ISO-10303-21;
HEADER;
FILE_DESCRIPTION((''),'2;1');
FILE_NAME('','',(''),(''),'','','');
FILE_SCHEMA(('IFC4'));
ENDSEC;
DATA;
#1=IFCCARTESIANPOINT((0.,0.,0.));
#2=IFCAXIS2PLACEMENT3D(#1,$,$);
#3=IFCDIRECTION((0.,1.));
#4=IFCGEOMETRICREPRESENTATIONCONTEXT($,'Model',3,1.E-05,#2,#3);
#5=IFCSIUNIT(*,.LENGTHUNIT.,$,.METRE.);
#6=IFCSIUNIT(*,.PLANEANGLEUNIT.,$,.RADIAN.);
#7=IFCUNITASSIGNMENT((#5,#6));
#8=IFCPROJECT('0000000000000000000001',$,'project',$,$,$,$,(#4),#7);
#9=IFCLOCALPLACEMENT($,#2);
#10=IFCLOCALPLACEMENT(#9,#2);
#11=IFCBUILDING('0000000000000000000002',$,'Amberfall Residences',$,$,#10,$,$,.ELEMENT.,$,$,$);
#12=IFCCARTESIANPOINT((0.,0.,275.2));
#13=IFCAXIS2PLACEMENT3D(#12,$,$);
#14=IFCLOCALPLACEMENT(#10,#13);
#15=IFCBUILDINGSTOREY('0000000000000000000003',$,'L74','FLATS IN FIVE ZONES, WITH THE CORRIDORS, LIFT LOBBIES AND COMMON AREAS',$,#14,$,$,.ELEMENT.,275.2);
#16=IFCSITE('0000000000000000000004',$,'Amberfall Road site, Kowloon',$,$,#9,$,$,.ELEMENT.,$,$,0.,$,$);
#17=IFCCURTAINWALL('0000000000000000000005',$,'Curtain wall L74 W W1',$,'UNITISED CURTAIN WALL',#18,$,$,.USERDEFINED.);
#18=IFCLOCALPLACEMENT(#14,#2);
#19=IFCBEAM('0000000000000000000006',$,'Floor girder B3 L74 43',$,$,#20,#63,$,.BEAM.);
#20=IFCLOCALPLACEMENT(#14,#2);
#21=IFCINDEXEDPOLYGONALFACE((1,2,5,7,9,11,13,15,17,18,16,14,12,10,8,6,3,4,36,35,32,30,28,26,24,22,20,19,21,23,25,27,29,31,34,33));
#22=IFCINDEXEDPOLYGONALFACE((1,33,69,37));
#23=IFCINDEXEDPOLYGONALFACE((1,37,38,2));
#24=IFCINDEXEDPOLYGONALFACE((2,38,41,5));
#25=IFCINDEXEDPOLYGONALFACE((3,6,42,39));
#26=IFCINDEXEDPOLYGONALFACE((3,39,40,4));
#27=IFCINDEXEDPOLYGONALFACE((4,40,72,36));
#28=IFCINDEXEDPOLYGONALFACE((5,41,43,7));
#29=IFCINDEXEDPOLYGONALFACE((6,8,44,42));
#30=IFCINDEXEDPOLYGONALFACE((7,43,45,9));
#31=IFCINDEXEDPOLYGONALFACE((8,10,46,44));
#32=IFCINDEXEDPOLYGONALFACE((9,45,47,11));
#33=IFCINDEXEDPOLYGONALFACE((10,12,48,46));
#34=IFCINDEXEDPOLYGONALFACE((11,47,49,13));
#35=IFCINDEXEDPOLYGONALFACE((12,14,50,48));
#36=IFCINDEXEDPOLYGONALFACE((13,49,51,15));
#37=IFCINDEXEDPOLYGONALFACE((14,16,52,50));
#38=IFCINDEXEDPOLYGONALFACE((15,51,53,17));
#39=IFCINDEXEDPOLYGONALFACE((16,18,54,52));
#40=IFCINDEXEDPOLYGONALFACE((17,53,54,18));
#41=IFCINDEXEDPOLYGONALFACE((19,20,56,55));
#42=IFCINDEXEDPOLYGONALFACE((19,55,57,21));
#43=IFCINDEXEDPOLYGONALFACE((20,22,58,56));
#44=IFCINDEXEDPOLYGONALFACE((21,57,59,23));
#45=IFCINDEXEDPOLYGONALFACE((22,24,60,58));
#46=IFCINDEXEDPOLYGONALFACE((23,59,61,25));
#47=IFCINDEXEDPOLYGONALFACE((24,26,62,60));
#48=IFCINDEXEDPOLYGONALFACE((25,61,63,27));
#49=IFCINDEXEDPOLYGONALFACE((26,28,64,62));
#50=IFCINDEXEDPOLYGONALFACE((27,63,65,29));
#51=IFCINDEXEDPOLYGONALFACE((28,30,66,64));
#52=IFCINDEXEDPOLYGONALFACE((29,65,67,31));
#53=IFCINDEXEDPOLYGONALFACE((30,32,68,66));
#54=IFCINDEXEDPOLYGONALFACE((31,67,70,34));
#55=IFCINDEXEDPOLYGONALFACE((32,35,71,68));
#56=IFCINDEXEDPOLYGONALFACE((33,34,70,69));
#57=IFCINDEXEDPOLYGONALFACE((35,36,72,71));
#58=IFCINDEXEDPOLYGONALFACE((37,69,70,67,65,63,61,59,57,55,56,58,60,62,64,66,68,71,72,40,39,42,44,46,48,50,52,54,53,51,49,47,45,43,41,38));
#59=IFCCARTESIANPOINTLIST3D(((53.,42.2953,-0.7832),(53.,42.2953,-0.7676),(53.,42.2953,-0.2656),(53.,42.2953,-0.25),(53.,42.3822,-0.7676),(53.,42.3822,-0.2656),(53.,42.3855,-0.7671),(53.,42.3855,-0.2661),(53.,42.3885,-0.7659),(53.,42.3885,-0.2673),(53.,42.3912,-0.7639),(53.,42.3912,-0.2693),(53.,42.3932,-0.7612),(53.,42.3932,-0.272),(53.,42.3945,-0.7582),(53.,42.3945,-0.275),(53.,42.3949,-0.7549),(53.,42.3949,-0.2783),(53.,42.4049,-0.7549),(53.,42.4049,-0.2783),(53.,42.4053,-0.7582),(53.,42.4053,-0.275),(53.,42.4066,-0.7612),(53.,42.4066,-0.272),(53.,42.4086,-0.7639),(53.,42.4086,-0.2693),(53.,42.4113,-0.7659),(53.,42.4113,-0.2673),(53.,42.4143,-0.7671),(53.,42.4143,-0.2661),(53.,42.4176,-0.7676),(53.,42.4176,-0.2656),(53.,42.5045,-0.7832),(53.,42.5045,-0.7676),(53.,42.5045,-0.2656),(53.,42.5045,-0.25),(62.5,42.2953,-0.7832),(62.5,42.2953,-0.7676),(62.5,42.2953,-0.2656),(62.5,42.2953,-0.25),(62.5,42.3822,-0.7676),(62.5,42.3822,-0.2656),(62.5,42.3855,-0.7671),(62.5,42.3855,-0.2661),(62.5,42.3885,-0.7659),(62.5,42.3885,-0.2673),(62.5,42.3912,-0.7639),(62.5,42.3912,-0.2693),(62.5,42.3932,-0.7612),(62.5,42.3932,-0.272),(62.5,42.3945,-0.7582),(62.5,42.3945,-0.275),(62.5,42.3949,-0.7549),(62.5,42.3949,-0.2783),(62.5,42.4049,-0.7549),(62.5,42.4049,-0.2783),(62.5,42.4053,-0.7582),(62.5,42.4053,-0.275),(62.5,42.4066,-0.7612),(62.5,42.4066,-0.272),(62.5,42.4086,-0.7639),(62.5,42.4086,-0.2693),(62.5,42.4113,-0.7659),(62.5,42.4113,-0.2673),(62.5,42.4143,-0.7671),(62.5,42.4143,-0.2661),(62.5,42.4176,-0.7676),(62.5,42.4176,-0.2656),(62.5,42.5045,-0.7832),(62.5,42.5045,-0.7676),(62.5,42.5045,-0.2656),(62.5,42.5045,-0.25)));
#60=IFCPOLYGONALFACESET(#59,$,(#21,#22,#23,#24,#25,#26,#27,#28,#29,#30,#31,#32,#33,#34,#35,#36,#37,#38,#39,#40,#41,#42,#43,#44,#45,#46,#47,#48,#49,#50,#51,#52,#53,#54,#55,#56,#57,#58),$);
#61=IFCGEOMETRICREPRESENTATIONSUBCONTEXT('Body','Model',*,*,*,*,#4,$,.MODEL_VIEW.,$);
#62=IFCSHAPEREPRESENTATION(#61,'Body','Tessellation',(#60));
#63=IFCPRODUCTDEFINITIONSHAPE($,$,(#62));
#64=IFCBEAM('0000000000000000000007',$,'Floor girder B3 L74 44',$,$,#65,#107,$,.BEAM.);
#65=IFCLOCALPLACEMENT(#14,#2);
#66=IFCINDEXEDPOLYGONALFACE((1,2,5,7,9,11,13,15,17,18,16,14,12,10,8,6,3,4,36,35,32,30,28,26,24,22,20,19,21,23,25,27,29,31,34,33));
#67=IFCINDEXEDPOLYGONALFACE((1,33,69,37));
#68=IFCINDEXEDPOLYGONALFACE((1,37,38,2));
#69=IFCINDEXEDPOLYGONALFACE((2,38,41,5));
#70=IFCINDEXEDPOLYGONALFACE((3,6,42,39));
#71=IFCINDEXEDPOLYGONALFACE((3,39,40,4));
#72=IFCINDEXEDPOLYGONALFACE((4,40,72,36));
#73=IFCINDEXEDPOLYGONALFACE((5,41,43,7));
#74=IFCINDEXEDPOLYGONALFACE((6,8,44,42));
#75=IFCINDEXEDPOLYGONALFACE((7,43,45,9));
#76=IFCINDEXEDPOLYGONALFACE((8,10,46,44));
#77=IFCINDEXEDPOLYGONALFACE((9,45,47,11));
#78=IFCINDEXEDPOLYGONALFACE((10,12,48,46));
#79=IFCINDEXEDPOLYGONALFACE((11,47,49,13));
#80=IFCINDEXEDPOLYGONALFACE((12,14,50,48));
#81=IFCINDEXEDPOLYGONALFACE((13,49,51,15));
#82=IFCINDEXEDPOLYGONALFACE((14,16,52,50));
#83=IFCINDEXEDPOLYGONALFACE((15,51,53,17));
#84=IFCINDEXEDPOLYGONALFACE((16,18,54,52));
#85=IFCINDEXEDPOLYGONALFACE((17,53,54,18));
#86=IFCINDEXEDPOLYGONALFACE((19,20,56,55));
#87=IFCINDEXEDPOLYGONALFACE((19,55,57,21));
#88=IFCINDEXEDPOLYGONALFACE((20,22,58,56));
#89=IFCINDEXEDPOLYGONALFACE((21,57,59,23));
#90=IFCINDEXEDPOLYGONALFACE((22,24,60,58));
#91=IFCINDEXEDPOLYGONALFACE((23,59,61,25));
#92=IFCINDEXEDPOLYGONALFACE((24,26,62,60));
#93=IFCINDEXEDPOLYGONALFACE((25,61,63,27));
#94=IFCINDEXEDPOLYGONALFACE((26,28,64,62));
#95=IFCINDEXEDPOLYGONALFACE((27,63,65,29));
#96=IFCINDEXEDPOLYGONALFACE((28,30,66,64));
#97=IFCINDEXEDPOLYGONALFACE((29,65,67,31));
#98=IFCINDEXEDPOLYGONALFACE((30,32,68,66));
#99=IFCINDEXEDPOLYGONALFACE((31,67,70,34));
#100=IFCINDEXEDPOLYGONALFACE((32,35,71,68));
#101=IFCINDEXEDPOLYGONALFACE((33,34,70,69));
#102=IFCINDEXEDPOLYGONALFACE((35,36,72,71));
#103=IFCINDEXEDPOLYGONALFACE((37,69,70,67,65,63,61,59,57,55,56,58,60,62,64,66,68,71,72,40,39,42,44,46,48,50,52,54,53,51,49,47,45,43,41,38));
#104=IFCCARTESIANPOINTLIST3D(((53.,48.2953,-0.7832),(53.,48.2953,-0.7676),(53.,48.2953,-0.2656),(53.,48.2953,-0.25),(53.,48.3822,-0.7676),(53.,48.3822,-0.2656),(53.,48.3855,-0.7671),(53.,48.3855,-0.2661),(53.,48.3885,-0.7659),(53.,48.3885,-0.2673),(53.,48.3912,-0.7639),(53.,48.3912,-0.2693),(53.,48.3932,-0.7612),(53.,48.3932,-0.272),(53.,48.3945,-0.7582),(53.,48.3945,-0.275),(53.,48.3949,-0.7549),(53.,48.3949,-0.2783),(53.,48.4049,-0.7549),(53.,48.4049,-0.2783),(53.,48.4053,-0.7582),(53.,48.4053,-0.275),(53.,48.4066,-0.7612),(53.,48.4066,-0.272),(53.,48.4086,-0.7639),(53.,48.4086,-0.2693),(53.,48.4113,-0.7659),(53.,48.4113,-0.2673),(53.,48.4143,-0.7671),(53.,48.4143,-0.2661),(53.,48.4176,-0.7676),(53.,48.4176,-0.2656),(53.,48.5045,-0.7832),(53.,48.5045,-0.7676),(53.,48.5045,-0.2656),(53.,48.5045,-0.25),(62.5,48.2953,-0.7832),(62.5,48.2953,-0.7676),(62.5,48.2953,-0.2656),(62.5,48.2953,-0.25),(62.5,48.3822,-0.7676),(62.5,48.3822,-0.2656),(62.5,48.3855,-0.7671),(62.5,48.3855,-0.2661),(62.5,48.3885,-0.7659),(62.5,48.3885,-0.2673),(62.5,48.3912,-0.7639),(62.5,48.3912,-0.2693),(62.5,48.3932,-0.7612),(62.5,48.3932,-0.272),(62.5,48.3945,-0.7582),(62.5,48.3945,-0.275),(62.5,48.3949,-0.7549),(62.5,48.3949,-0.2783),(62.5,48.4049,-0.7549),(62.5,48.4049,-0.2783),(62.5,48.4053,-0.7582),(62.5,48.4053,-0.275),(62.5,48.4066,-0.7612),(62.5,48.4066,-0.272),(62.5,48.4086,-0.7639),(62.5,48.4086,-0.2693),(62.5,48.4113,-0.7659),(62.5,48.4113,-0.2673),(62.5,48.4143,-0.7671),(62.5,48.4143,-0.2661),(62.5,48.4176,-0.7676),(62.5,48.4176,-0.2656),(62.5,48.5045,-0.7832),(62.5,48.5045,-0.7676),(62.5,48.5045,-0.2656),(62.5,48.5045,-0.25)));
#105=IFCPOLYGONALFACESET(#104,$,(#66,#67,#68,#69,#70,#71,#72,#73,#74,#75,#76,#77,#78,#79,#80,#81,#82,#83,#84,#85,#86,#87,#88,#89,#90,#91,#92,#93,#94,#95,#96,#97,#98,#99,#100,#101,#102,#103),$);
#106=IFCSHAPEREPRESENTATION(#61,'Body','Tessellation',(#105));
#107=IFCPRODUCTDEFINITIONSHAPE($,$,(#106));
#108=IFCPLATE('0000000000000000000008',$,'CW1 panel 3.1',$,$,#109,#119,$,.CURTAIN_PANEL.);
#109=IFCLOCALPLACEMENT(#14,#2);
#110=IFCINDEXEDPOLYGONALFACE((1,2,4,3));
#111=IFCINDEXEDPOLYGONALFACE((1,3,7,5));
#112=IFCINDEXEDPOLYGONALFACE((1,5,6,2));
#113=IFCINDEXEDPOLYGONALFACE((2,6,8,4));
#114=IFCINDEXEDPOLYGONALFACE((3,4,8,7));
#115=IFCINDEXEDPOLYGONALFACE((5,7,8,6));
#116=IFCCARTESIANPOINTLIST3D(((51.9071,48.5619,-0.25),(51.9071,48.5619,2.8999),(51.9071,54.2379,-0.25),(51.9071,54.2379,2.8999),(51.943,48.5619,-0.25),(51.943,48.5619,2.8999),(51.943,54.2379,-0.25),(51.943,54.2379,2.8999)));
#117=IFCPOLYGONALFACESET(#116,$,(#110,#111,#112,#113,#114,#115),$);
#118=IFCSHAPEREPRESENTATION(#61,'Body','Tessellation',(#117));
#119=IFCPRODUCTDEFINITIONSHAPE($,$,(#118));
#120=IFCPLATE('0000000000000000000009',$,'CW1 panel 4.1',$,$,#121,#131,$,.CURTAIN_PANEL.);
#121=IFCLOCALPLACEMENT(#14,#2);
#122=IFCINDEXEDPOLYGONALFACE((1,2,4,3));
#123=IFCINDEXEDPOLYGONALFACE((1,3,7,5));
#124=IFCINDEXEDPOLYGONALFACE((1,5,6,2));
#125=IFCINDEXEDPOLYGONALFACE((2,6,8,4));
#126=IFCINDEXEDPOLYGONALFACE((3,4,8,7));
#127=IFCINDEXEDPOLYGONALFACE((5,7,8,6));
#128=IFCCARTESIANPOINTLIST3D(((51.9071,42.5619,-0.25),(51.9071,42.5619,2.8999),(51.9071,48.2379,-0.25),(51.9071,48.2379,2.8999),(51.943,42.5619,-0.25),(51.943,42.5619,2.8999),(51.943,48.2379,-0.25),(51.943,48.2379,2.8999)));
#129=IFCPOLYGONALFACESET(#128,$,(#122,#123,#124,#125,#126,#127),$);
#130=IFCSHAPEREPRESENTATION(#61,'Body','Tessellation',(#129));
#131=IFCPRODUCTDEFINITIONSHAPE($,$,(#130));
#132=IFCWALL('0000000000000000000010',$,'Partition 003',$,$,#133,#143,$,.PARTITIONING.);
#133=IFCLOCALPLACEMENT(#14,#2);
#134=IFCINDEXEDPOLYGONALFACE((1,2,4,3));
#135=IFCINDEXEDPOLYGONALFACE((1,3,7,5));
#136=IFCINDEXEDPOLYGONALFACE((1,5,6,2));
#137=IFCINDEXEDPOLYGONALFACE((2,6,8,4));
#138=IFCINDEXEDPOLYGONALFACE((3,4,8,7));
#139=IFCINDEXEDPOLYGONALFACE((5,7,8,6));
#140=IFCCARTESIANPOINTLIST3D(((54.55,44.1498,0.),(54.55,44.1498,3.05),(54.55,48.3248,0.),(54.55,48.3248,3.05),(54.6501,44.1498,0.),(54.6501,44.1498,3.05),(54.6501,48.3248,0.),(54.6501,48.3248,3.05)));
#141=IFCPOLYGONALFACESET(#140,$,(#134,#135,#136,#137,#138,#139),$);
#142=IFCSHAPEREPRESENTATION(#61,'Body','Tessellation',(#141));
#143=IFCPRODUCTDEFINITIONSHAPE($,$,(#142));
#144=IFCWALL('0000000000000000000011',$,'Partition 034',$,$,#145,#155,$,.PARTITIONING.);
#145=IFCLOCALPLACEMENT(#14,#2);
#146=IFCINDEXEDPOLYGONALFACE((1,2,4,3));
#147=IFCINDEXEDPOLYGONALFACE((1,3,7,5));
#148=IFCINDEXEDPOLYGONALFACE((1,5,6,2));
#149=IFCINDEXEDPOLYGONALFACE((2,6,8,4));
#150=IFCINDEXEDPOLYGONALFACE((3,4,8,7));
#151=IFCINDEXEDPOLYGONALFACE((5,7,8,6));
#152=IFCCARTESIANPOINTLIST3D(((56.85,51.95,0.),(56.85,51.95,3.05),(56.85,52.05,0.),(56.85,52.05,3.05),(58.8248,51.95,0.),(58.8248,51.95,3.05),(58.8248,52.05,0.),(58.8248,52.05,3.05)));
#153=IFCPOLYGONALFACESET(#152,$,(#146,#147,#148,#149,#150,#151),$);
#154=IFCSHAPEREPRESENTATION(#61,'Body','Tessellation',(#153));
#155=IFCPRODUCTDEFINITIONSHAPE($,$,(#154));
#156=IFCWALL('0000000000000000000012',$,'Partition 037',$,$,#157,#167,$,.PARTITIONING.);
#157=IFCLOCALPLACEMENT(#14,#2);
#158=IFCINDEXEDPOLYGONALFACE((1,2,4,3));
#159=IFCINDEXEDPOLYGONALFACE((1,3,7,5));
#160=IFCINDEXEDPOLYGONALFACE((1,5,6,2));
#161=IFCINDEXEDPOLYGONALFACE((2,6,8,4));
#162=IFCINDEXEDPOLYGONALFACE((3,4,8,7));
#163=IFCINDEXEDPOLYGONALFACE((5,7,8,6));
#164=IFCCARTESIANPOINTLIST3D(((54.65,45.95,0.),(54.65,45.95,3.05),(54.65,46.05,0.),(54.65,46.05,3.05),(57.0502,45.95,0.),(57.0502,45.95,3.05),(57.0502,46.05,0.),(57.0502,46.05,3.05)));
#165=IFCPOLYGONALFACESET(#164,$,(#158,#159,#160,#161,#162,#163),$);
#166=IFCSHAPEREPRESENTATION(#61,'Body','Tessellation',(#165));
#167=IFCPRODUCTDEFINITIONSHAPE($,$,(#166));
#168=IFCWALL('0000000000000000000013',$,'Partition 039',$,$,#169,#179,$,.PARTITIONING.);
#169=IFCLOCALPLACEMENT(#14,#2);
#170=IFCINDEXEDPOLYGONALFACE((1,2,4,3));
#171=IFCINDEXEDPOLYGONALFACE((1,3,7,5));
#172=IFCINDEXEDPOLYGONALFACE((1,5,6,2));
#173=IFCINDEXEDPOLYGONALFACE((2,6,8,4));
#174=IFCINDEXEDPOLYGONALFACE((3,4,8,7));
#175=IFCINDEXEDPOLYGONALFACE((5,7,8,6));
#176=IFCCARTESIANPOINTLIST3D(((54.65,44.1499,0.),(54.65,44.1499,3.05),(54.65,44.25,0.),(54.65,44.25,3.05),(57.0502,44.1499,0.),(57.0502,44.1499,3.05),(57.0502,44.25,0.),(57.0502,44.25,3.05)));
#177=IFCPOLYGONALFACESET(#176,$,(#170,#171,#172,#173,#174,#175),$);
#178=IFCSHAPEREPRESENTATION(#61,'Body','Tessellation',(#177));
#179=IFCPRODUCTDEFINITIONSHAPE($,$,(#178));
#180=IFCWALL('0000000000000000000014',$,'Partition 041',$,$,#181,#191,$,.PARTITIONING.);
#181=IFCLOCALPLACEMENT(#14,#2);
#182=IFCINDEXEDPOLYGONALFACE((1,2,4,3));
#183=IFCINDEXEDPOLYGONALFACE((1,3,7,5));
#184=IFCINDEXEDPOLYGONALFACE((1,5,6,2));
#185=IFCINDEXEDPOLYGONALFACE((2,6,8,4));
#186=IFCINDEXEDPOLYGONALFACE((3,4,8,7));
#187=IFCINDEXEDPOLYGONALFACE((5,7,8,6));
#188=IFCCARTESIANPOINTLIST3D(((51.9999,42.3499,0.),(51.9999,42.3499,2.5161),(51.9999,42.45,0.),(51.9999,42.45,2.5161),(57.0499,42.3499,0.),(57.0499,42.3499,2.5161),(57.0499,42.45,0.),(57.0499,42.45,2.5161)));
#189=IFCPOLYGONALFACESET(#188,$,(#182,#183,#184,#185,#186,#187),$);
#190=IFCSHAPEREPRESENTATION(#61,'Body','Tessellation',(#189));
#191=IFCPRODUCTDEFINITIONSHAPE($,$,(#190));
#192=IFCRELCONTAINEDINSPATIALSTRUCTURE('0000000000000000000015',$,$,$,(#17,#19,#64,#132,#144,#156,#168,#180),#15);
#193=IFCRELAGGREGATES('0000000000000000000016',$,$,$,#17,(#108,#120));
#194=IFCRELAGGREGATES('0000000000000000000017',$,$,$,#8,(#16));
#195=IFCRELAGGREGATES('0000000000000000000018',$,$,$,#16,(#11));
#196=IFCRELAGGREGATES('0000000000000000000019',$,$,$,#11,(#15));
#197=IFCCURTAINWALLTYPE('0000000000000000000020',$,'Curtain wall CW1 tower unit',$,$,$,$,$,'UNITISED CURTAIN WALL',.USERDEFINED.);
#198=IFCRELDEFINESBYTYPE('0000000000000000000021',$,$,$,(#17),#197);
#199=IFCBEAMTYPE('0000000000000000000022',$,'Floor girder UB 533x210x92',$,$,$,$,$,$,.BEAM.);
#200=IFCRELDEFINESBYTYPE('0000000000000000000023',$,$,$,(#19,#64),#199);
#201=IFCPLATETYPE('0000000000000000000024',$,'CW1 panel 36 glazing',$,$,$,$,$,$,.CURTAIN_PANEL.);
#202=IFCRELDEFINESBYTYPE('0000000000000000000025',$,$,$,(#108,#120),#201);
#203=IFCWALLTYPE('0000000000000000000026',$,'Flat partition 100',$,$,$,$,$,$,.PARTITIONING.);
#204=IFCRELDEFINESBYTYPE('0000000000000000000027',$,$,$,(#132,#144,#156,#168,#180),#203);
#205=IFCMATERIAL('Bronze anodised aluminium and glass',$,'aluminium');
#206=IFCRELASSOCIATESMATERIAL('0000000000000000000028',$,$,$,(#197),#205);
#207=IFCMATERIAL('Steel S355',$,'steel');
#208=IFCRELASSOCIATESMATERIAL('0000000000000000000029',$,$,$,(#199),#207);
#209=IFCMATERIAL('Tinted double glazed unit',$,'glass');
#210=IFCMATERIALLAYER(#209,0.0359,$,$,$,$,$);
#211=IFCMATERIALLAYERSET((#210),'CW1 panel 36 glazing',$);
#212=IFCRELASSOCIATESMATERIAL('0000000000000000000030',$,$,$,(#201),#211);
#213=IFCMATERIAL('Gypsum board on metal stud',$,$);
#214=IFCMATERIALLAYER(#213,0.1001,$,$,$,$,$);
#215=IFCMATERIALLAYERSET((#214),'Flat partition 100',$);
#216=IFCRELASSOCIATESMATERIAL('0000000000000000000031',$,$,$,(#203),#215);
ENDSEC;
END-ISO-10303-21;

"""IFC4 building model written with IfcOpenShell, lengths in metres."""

from ifc_helpers import new_model, si_unit, direction, frame, frame_2d, origin, origin_2d, place, context, subcontext, project, spatial, rectangle, i_section, extrude, material, layer, layer_set, material_profile, profile_set, type_object, element, aggregate, save


model = new_model("IFC4")

# Units and contexts
model_context = context("Model", 3, precision=1e-05, world=origin(), true_north=direction((0.0, 1.0)))
body_context = subcontext(model_context, "Body", "Model", "MODEL_VIEW")
ifc_project = project(units=[si_unit("LENGTHUNIT", "METRE"), si_unit("PLANEANGLEUNIT", "RADIAN")], contexts=[model_context])

# Site, building, storey
site_placement = place(None, origin())
site = spatial("IfcSite", under=ifc_project, at=site_placement, Name="Amberfall Road site, Kowloon", CompositionType="ELEMENT", RefElevation=0.0)
building_placement = place(site_placement, origin())
building = spatial("IfcBuilding", under=site, at=building_placement, Name="Amberfall Residences", CompositionType="ELEMENT")
storey_placement = place(building_placement, frame((0.0, 0.0, 275.2)))
storey = spatial("IfcBuildingStorey", under=building, at=storey_placement, Name="L74", Description="FLATS IN FIVE ZONES, WITH THE CORRIDORS, LIFT LOBBIES AND COMMON AREAS", CompositionType="ELEMENT", Elevation=275.2)

# Curtain wall
ifc_material_1 = material(Name="Bronze anodised aluminium and glass", Category="aluminium")
curtain_wall_type = type_object("IfcCurtainWallType", Name="Curtain wall CW1 tower unit", ElementType="UNITISED CURTAIN WALL", PredefinedType="USERDEFINED", material=ifc_material_1)
curtain_wall_placement = place(storey_placement, origin())
curtain_wall = element("IfcCurtainWall", 1, at=curtain_wall_placement, inside=storey, type_object=curtain_wall_type, Name="Curtain wall L74 W W1", ObjectType="UNITISED CURTAIN WALL", PredefinedType="USERDEFINED")

# Shared definitions
ifc_material_2 = material(Name="Steel S355", Category="steel")

# Beams
ifc_material_profile_1 = material_profile(ifc_material_2, i_section(OverallWidth=0.2092, OverallDepth=0.5332, WebThickness=0.01, FlangeThickness=0.0156, FilletRadius=0.0127, at=origin_2d()), Name="UB 533x210x92")
ifc_profile_set_1 = profile_set([ifc_material_profile_1], Name="Steel S355")
beam_type_1 = type_object("IfcBeamType", Name="Floor girder UB 533x210x92", PredefinedType="BEAM", material=ifc_profile_set_1)
for number, where, z_axis, x_axis, name in (
    (2, (53.0, 42.3999, -0.5166), (1.0, 0.0, 0.0), (0.0, 1.0, 0.0), "Floor girder B3 L74 43"),
    (3, (53.0, 48.3999, -0.5166), (1.0, 0.0, 0.0), (0.0, 1.0, 0.0), "Floor girder B3 L74 44"),
):
    element("IfcBeam", number, at=place(storey_placement, frame(where, z_axis=z_axis, x_axis=x_axis)), inside=storey, type_object=beam_type_1, Name=name, PredefinedType="BEAM", context=body_context, shape_type="SweptSolid", body=[
        extrude(i_section(OverallWidth=0.2092, OverallDepth=0.5332, WebThickness=0.01, FlangeThickness=0.0156, FilletRadius=0.0127, at=origin_2d()), origin(), (0.0, 0.0, 1.0), 9.5),
    ])

# Plates
ifc_material_3 = material(Name="Tinted double glazed unit", Category="glass")
ifc_layer_1 = layer(ifc_material_3, 0.0359)
ifc_layer_set_1 = layer_set([ifc_layer_1], Name="CW1 panel 36 glazing")
plate_type = type_object("IfcPlateType", Name="CW1 panel 36 glazing", PredefinedType="CURTAIN_PANEL", material=ifc_layer_set_1)
plate_1_placement = place(storey_placement, frame((51.925, 51.3999, -0.25), z_axis=(0.0, 0.0, 1.0), x_axis=(0.0, -1.0, 0.0)))
plate_1 = element("IfcPlate", 4, at=plate_1_placement, type_object=plate_type, Name="CW1 panel 3.1", PredefinedType="CURTAIN_PANEL", context=body_context, shape_type="SweptSolid", body=[
    extrude(rectangle(XDim=5.676, YDim=0.0359, at=origin_2d()), origin(), (0.0, 0.0, 1.0), 3.1499),
])
plate_2_placement = place(storey_placement, frame((51.925, 45.3999, -0.25), z_axis=(0.0, 0.0, 1.0), x_axis=(0.0, -1.0, 0.0)))
plate_2 = element("IfcPlate", 5, at=plate_2_placement, type_object=plate_type, Name="CW1 panel 4.1", PredefinedType="CURTAIN_PANEL", context=body_context, shape_type="SweptSolid", body=[
    extrude(rectangle(XDim=5.676, YDim=0.0359, at=origin_2d()), origin(), (0.0, 0.0, 1.0), 3.1499),
])
aggregate(curtain_wall, [plate_1, plate_2])

# Walls
ifc_material_4 = material(Name="Gypsum board on metal stud")
ifc_layer_2 = layer(ifc_material_4, 0.1001)
ifc_layer_set_2 = layer_set([ifc_layer_2], Name="Flat partition 100")
wall_type_1 = type_object("IfcWallType", Name="Flat partition 100", PredefinedType="PARTITIONING", material=ifc_layer_set_2)
wall_1_placement = place(storey_placement, frame((54.6001, 44.1499, 0.0), z_axis=(0.0, 0.0, 1.0), x_axis=(0.0, 1.0, 0.0)))
element("IfcWall", 6, at=wall_1_placement, inside=storey, type_object=wall_type_1, Name="Partition 003", PredefinedType="PARTITIONING", context=body_context, shape_type="SweptSolid", body=[
    extrude(rectangle(XDim=4.175, YDim=0.1001, at=frame_2d((2.0874, 0.0))), origin(), (0.0, 0.0, 1.0), 3.05),
])
wall_2_placement = place(storey_placement, frame((56.8501, 52.0, 0.0), z_axis=(0.0, 0.0, 1.0), x_axis=(1.0, 0.0, 0.0)))
element("IfcWall", 7, at=wall_2_placement, inside=storey, type_object=wall_type_1, Name="Partition 034", PredefinedType="PARTITIONING", context=body_context, shape_type="SweptSolid", body=[
    extrude(rectangle(XDim=1.9749, YDim=0.1001, at=frame_2d((0.9873, 0.0))), origin(), (0.0, 0.0, 1.0), 3.05),
])
for number, where, z_axis, x_axis, name in (
    (8, (54.6499, 46.0, 0.0), (0.0, 0.0, 1.0), (1.0, 0.0, 0.0), "Partition 037"),
    (9, (54.6499, 44.2, 0.0), (0.0, 0.0, 1.0), (1.0, 0.0, 0.0), "Partition 039"),
):
    element("IfcWall", number, at=place(storey_placement, frame(where, z_axis=z_axis, x_axis=x_axis)), inside=storey, type_object=wall_type_1, Name=name, PredefinedType="PARTITIONING", context=body_context, shape_type="SweptSolid", body=[
        extrude(rectangle(XDim=2.4001, YDim=0.1001, at=frame_2d((1.2002, 0.0))), origin(), (0.0, 0.0, 1.0), 3.05),
    ])
wall_3_placement = place(storey_placement, frame((52.0, 42.3999, 0.0), z_axis=(0.0, 0.0, 1.0), x_axis=(1.0, 0.0, 0.0)))
element("IfcWall", 10, at=wall_3_placement, inside=storey, type_object=wall_type_1, Name="Partition 041", PredefinedType="PARTITIONING", context=body_context, shape_type="SweptSolid", body=[
    extrude(rectangle(XDim=5.05, YDim=0.1001, at=frame_2d((2.5249, 0.0))), origin(), (0.0, 0.0, 1.0), 2.5161),
])

save(model, "model.ifc")
